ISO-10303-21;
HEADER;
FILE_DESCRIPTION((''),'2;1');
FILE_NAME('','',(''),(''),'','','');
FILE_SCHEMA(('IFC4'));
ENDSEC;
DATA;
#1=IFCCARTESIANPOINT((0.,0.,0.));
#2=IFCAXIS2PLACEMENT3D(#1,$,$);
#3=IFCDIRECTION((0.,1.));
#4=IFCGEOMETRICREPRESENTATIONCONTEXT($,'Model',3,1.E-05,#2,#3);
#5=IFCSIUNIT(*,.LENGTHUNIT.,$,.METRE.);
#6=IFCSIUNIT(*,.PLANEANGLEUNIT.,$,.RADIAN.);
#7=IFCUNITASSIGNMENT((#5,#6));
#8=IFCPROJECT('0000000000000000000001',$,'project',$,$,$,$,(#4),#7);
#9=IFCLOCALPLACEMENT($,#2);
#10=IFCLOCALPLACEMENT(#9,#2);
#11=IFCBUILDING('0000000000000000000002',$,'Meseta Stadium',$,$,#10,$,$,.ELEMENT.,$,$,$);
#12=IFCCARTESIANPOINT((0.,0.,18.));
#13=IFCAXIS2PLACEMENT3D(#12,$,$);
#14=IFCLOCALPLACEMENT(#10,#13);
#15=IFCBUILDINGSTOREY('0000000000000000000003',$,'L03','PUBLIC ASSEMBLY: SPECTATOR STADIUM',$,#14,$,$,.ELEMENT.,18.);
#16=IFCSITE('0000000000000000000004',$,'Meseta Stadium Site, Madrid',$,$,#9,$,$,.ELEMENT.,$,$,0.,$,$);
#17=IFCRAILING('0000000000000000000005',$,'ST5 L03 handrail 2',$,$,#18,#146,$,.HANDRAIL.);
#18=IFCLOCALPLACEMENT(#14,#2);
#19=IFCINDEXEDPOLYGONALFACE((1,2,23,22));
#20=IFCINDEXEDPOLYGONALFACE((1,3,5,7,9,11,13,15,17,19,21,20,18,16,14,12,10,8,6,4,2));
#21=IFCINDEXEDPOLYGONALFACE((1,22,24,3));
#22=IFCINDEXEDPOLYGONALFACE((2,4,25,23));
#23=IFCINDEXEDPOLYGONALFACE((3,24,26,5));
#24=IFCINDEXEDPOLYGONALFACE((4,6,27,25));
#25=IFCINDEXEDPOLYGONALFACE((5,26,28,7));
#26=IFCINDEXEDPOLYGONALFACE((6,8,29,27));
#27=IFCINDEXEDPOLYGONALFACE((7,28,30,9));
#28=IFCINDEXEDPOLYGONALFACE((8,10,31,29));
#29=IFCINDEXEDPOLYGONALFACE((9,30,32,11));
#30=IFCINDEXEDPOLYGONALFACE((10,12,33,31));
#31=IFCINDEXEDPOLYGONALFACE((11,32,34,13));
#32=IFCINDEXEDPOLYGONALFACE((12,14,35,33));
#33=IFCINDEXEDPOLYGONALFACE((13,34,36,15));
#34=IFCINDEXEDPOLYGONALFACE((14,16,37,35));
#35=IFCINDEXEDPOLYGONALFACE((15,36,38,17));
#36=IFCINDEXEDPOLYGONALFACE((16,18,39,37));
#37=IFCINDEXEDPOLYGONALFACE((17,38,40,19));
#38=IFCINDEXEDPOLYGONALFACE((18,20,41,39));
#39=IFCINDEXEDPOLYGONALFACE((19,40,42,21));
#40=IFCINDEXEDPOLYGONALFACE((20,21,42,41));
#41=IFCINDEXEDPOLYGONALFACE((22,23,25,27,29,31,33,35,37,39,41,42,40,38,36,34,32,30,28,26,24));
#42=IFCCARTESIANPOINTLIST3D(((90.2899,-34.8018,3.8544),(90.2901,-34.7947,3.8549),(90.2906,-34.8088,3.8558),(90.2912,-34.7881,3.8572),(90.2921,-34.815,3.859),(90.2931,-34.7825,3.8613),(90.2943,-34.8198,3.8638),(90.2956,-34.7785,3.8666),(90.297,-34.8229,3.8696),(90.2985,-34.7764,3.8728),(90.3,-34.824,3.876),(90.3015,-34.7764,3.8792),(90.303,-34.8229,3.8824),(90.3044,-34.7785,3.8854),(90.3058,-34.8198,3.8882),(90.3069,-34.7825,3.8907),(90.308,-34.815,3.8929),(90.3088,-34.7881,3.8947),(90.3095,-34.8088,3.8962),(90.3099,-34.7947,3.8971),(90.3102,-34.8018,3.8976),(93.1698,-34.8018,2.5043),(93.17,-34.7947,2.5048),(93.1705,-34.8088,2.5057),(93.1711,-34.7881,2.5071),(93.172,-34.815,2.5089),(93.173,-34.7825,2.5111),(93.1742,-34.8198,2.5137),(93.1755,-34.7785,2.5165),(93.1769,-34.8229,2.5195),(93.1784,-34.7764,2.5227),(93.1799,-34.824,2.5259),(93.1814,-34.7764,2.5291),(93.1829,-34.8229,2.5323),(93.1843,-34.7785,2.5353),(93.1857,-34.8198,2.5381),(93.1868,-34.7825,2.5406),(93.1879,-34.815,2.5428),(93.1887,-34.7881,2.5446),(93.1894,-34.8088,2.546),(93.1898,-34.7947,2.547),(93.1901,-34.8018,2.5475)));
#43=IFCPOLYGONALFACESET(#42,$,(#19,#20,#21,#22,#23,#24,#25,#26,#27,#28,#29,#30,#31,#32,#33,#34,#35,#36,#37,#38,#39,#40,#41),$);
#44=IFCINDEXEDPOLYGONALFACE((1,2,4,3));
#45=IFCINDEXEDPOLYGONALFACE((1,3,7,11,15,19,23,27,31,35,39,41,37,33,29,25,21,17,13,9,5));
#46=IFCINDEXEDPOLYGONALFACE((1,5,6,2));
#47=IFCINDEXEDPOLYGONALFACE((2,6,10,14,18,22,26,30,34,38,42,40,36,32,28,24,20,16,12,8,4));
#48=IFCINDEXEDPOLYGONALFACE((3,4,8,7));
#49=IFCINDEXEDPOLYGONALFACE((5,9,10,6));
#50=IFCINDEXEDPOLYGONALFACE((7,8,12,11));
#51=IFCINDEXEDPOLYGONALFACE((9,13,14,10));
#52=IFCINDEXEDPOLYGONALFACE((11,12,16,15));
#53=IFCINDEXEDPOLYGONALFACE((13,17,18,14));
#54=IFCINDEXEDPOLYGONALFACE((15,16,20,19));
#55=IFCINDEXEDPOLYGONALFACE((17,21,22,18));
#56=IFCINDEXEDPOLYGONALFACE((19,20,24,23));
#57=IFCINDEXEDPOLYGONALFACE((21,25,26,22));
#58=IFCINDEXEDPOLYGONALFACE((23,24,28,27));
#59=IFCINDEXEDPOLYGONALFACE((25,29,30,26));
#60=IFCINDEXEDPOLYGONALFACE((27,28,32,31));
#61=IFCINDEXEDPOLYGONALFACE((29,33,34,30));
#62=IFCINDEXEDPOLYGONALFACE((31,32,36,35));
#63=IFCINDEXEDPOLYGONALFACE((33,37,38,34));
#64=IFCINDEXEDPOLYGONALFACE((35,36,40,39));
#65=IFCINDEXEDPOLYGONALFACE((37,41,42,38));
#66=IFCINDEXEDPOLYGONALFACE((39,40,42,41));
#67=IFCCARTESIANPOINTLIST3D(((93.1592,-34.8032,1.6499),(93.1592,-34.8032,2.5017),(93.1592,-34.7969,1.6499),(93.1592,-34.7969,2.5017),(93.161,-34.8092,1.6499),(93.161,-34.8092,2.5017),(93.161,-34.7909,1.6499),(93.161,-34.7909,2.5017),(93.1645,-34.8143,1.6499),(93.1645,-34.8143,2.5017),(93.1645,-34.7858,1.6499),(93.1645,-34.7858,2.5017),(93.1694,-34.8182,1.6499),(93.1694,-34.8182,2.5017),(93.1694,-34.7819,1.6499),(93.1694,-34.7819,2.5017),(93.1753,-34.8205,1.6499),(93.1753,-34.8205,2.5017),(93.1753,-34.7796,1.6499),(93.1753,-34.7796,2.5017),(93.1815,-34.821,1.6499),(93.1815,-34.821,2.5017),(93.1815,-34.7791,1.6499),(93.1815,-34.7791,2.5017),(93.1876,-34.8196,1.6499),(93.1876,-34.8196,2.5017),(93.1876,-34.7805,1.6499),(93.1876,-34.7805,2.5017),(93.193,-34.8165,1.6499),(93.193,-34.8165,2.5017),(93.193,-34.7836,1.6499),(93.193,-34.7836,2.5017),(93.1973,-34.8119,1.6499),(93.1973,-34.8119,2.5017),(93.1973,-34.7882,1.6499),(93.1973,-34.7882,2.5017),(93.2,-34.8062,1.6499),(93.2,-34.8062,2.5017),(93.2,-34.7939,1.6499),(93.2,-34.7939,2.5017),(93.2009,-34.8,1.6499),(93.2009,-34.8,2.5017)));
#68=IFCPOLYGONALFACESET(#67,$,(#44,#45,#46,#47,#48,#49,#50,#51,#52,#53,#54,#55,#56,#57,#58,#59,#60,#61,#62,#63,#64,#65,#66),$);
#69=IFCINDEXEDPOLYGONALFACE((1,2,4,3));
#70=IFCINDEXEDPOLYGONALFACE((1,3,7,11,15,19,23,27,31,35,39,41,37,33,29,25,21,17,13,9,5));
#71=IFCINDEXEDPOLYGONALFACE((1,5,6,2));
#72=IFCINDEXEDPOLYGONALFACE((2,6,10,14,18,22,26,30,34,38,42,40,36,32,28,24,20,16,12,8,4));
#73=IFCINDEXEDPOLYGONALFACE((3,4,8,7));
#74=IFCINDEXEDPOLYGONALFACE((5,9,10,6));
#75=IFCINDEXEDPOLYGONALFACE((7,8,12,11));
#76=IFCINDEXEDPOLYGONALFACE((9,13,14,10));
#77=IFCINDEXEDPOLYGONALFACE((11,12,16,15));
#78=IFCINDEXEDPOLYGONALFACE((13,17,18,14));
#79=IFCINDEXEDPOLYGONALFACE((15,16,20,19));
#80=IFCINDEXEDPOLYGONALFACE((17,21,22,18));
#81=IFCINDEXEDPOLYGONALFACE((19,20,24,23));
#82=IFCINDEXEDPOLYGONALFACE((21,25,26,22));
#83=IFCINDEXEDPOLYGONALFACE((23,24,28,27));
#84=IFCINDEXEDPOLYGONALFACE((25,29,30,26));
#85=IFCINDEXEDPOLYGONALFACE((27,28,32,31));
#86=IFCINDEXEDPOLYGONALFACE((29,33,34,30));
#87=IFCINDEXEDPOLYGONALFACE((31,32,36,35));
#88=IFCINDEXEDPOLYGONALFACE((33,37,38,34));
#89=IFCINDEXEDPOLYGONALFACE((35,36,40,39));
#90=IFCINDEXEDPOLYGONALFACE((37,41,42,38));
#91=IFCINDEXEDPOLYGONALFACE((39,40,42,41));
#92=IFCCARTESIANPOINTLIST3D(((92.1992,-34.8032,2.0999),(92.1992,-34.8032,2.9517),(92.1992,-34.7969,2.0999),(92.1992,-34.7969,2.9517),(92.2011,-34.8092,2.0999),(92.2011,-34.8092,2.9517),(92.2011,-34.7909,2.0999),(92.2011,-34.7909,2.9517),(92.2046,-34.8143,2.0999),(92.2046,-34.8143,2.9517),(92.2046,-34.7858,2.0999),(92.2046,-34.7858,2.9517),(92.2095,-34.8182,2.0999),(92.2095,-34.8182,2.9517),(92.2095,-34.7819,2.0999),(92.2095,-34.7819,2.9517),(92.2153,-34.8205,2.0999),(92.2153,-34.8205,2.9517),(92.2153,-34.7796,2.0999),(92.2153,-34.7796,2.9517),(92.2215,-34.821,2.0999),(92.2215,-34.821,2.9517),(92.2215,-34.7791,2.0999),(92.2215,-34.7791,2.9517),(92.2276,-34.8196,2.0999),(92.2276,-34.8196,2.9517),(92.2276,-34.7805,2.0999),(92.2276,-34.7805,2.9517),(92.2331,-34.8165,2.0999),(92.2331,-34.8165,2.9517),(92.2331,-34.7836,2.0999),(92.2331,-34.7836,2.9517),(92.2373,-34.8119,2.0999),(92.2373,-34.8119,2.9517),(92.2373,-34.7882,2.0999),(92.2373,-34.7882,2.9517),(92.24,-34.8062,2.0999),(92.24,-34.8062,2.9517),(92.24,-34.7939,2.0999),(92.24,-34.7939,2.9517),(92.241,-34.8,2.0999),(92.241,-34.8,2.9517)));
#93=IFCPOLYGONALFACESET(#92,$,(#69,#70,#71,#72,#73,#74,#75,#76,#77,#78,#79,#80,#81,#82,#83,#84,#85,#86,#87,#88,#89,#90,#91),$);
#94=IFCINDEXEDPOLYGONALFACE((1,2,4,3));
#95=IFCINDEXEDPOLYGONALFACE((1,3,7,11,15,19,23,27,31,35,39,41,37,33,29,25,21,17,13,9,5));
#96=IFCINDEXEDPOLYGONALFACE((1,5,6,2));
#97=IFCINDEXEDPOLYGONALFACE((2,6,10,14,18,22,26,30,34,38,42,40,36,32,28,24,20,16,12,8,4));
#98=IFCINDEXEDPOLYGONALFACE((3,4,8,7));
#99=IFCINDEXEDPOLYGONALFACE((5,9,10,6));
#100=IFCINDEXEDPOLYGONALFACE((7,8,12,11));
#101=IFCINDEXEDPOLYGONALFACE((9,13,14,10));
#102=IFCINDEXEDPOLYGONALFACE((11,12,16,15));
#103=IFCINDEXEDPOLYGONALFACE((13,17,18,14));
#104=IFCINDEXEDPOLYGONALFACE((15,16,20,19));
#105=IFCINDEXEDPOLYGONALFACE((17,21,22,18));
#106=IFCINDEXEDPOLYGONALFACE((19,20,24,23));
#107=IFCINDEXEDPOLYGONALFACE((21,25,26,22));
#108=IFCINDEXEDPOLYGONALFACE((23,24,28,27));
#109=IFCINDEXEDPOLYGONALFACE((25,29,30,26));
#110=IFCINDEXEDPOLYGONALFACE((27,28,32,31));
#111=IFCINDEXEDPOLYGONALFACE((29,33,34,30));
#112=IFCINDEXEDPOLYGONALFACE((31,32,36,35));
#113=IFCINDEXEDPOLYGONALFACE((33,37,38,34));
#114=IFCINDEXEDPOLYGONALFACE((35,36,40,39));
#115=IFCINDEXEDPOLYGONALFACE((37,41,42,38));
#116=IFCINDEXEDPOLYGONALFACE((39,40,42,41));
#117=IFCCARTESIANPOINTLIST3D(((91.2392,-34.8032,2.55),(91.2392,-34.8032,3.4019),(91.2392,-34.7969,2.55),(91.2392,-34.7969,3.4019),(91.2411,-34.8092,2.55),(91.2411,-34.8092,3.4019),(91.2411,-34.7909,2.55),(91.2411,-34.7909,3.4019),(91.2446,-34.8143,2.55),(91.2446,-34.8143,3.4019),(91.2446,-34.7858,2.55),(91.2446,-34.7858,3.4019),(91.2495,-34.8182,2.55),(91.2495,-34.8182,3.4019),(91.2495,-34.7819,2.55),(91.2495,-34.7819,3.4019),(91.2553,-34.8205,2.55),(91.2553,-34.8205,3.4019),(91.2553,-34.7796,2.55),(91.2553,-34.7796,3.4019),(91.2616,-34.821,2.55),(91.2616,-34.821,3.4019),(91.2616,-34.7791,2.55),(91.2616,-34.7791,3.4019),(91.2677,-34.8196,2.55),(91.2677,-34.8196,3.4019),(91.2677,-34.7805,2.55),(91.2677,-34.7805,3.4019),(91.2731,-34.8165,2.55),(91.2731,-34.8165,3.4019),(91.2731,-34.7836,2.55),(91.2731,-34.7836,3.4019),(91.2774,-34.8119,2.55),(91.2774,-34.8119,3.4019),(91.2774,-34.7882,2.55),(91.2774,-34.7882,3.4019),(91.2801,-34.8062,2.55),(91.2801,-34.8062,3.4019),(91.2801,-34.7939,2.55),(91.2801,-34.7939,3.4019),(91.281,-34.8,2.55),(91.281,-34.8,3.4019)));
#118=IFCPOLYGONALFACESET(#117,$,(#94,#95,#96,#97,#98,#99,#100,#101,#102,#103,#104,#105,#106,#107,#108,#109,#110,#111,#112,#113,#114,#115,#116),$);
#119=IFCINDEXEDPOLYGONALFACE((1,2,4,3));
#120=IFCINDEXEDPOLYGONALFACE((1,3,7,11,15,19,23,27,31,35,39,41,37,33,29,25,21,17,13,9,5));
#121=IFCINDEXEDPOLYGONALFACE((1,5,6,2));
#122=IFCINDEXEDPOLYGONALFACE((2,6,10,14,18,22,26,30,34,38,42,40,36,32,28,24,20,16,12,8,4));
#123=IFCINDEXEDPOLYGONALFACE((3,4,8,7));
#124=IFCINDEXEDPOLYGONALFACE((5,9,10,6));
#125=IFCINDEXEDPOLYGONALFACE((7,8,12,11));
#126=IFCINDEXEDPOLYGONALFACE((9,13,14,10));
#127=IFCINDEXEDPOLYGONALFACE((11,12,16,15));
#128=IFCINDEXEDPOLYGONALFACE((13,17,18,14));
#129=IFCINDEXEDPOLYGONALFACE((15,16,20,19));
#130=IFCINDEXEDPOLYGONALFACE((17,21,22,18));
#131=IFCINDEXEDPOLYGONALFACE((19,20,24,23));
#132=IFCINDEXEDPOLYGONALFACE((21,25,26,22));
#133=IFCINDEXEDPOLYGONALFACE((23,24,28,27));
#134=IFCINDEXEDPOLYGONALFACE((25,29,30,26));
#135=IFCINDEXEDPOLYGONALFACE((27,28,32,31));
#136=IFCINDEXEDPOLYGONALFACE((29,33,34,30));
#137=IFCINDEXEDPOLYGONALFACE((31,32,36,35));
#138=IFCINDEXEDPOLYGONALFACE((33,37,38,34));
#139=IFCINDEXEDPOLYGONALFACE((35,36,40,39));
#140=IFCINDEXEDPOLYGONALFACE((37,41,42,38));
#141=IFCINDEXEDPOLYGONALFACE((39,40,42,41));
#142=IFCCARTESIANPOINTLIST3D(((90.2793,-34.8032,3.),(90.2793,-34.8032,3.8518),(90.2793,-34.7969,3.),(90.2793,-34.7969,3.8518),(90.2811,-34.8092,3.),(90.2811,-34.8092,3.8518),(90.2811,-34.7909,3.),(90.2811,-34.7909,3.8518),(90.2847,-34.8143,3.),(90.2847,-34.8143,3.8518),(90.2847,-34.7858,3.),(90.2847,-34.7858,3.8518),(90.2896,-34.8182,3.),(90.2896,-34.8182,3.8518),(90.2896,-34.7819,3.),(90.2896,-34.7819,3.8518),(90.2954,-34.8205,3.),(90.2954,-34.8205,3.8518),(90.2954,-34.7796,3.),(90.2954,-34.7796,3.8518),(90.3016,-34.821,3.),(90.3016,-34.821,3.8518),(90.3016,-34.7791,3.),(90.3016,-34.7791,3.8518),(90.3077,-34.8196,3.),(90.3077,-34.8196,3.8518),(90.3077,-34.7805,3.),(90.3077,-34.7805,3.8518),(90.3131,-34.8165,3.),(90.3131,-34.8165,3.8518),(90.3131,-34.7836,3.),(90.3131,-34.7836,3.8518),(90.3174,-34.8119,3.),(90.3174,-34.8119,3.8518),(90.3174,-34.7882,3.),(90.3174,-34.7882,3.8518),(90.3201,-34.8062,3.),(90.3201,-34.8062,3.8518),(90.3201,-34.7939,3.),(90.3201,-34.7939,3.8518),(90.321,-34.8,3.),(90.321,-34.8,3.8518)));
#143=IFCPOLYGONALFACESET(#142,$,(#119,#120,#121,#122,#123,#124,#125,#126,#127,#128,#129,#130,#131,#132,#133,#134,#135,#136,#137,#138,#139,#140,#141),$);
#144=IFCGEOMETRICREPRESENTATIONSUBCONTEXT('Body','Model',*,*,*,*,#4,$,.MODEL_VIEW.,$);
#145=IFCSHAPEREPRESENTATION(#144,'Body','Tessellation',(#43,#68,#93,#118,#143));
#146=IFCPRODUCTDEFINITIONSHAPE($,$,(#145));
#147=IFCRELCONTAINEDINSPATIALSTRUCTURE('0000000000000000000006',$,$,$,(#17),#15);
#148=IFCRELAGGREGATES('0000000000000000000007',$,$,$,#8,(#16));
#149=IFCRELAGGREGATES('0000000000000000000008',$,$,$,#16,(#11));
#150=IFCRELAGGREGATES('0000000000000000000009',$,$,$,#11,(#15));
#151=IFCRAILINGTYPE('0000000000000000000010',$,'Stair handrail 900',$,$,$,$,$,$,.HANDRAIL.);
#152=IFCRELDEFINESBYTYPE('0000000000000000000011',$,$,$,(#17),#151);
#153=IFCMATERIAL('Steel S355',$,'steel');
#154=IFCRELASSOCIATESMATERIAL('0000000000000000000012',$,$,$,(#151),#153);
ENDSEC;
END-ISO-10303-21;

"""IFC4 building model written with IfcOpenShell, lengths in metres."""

from ifc_helpers import new_model, si_unit, direction, frame, origin, origin_2d, place, context, subcontext, project, spatial, circle, extrude, material, type_object, element, save


model = new_model("IFC4")

# Units and contexts
model_context = context("Model", 3, precision=1e-05, world=origin(), true_north=direction((0.0, 1.0)))
body_context = subcontext(model_context, "Body", "Model", "MODEL_VIEW")
ifc_project = project(units=[si_unit("LENGTHUNIT", "METRE"), si_unit("PLANEANGLEUNIT", "RADIAN")], contexts=[model_context])

# Site, building, storey
site_placement = place(None, origin())
site = spatial("IfcSite", under=ifc_project, at=site_placement, Name="Meseta Stadium Site, Madrid", CompositionType="ELEMENT", RefElevation=0.0)
building_placement = place(site_placement, origin())
building = spatial("IfcBuilding", under=site, at=building_placement, Name="Meseta Stadium", CompositionType="ELEMENT")
storey_placement = place(building_placement, frame((0.0, 0.0, 18.0)))
storey = spatial("IfcBuildingStorey", under=building, at=storey_placement, Name="L03", Description="PUBLIC ASSEMBLY: SPECTATOR STADIUM", CompositionType="ELEMENT", Elevation=18.0)

# Railing
ifc_material_1 = material(Name="Steel S355", Category="steel")
railing_type_1 = type_object("IfcRailingType", Name="Stair handrail 900", PredefinedType="HANDRAIL", material=ifc_material_1)
for number, where, name in (
    (1, (93.1799, -34.8, 1.6499), "ST5 L03 handrail 2"),
):
    element("IfcRailing", number, at=place(storey_placement, frame(where)), inside=storey, type_object=railing_type_1, Name=name, PredefinedType="HANDRAIL", context=body_context, shape_type="SweptSolid", body=[
        extrude(circle(Radius=0.0239, at=origin_2d()), frame((0.0, 0.0, 0.876), z_axis=(-0.90544, 0.0, 0.424473), x_axis=(0.0, -1.0, 0.0)), (0.0, 0.0, 1.0), 3.1807),
        extrude(circle(Radius=0.021, at=origin_2d()), origin(), (0.0, 0.0, 1.0), 0.8518),
        extrude(circle(Radius=0.021, at=origin_2d()), frame((-0.96, 0.0, 0.45)), (0.0, 0.0, 1.0), 0.8518),
        extrude(circle(Radius=0.021, at=origin_2d()), frame((-1.9199, 0.0, 0.9001)), (0.0, 0.0, 1.0), 0.8518),
        extrude(circle(Radius=0.021, at=origin_2d()), frame((-2.8799, 0.0, 1.3501)), (0.0, 0.0, 1.0), 0.8518),
    ])

save(model, "model.ifc")
